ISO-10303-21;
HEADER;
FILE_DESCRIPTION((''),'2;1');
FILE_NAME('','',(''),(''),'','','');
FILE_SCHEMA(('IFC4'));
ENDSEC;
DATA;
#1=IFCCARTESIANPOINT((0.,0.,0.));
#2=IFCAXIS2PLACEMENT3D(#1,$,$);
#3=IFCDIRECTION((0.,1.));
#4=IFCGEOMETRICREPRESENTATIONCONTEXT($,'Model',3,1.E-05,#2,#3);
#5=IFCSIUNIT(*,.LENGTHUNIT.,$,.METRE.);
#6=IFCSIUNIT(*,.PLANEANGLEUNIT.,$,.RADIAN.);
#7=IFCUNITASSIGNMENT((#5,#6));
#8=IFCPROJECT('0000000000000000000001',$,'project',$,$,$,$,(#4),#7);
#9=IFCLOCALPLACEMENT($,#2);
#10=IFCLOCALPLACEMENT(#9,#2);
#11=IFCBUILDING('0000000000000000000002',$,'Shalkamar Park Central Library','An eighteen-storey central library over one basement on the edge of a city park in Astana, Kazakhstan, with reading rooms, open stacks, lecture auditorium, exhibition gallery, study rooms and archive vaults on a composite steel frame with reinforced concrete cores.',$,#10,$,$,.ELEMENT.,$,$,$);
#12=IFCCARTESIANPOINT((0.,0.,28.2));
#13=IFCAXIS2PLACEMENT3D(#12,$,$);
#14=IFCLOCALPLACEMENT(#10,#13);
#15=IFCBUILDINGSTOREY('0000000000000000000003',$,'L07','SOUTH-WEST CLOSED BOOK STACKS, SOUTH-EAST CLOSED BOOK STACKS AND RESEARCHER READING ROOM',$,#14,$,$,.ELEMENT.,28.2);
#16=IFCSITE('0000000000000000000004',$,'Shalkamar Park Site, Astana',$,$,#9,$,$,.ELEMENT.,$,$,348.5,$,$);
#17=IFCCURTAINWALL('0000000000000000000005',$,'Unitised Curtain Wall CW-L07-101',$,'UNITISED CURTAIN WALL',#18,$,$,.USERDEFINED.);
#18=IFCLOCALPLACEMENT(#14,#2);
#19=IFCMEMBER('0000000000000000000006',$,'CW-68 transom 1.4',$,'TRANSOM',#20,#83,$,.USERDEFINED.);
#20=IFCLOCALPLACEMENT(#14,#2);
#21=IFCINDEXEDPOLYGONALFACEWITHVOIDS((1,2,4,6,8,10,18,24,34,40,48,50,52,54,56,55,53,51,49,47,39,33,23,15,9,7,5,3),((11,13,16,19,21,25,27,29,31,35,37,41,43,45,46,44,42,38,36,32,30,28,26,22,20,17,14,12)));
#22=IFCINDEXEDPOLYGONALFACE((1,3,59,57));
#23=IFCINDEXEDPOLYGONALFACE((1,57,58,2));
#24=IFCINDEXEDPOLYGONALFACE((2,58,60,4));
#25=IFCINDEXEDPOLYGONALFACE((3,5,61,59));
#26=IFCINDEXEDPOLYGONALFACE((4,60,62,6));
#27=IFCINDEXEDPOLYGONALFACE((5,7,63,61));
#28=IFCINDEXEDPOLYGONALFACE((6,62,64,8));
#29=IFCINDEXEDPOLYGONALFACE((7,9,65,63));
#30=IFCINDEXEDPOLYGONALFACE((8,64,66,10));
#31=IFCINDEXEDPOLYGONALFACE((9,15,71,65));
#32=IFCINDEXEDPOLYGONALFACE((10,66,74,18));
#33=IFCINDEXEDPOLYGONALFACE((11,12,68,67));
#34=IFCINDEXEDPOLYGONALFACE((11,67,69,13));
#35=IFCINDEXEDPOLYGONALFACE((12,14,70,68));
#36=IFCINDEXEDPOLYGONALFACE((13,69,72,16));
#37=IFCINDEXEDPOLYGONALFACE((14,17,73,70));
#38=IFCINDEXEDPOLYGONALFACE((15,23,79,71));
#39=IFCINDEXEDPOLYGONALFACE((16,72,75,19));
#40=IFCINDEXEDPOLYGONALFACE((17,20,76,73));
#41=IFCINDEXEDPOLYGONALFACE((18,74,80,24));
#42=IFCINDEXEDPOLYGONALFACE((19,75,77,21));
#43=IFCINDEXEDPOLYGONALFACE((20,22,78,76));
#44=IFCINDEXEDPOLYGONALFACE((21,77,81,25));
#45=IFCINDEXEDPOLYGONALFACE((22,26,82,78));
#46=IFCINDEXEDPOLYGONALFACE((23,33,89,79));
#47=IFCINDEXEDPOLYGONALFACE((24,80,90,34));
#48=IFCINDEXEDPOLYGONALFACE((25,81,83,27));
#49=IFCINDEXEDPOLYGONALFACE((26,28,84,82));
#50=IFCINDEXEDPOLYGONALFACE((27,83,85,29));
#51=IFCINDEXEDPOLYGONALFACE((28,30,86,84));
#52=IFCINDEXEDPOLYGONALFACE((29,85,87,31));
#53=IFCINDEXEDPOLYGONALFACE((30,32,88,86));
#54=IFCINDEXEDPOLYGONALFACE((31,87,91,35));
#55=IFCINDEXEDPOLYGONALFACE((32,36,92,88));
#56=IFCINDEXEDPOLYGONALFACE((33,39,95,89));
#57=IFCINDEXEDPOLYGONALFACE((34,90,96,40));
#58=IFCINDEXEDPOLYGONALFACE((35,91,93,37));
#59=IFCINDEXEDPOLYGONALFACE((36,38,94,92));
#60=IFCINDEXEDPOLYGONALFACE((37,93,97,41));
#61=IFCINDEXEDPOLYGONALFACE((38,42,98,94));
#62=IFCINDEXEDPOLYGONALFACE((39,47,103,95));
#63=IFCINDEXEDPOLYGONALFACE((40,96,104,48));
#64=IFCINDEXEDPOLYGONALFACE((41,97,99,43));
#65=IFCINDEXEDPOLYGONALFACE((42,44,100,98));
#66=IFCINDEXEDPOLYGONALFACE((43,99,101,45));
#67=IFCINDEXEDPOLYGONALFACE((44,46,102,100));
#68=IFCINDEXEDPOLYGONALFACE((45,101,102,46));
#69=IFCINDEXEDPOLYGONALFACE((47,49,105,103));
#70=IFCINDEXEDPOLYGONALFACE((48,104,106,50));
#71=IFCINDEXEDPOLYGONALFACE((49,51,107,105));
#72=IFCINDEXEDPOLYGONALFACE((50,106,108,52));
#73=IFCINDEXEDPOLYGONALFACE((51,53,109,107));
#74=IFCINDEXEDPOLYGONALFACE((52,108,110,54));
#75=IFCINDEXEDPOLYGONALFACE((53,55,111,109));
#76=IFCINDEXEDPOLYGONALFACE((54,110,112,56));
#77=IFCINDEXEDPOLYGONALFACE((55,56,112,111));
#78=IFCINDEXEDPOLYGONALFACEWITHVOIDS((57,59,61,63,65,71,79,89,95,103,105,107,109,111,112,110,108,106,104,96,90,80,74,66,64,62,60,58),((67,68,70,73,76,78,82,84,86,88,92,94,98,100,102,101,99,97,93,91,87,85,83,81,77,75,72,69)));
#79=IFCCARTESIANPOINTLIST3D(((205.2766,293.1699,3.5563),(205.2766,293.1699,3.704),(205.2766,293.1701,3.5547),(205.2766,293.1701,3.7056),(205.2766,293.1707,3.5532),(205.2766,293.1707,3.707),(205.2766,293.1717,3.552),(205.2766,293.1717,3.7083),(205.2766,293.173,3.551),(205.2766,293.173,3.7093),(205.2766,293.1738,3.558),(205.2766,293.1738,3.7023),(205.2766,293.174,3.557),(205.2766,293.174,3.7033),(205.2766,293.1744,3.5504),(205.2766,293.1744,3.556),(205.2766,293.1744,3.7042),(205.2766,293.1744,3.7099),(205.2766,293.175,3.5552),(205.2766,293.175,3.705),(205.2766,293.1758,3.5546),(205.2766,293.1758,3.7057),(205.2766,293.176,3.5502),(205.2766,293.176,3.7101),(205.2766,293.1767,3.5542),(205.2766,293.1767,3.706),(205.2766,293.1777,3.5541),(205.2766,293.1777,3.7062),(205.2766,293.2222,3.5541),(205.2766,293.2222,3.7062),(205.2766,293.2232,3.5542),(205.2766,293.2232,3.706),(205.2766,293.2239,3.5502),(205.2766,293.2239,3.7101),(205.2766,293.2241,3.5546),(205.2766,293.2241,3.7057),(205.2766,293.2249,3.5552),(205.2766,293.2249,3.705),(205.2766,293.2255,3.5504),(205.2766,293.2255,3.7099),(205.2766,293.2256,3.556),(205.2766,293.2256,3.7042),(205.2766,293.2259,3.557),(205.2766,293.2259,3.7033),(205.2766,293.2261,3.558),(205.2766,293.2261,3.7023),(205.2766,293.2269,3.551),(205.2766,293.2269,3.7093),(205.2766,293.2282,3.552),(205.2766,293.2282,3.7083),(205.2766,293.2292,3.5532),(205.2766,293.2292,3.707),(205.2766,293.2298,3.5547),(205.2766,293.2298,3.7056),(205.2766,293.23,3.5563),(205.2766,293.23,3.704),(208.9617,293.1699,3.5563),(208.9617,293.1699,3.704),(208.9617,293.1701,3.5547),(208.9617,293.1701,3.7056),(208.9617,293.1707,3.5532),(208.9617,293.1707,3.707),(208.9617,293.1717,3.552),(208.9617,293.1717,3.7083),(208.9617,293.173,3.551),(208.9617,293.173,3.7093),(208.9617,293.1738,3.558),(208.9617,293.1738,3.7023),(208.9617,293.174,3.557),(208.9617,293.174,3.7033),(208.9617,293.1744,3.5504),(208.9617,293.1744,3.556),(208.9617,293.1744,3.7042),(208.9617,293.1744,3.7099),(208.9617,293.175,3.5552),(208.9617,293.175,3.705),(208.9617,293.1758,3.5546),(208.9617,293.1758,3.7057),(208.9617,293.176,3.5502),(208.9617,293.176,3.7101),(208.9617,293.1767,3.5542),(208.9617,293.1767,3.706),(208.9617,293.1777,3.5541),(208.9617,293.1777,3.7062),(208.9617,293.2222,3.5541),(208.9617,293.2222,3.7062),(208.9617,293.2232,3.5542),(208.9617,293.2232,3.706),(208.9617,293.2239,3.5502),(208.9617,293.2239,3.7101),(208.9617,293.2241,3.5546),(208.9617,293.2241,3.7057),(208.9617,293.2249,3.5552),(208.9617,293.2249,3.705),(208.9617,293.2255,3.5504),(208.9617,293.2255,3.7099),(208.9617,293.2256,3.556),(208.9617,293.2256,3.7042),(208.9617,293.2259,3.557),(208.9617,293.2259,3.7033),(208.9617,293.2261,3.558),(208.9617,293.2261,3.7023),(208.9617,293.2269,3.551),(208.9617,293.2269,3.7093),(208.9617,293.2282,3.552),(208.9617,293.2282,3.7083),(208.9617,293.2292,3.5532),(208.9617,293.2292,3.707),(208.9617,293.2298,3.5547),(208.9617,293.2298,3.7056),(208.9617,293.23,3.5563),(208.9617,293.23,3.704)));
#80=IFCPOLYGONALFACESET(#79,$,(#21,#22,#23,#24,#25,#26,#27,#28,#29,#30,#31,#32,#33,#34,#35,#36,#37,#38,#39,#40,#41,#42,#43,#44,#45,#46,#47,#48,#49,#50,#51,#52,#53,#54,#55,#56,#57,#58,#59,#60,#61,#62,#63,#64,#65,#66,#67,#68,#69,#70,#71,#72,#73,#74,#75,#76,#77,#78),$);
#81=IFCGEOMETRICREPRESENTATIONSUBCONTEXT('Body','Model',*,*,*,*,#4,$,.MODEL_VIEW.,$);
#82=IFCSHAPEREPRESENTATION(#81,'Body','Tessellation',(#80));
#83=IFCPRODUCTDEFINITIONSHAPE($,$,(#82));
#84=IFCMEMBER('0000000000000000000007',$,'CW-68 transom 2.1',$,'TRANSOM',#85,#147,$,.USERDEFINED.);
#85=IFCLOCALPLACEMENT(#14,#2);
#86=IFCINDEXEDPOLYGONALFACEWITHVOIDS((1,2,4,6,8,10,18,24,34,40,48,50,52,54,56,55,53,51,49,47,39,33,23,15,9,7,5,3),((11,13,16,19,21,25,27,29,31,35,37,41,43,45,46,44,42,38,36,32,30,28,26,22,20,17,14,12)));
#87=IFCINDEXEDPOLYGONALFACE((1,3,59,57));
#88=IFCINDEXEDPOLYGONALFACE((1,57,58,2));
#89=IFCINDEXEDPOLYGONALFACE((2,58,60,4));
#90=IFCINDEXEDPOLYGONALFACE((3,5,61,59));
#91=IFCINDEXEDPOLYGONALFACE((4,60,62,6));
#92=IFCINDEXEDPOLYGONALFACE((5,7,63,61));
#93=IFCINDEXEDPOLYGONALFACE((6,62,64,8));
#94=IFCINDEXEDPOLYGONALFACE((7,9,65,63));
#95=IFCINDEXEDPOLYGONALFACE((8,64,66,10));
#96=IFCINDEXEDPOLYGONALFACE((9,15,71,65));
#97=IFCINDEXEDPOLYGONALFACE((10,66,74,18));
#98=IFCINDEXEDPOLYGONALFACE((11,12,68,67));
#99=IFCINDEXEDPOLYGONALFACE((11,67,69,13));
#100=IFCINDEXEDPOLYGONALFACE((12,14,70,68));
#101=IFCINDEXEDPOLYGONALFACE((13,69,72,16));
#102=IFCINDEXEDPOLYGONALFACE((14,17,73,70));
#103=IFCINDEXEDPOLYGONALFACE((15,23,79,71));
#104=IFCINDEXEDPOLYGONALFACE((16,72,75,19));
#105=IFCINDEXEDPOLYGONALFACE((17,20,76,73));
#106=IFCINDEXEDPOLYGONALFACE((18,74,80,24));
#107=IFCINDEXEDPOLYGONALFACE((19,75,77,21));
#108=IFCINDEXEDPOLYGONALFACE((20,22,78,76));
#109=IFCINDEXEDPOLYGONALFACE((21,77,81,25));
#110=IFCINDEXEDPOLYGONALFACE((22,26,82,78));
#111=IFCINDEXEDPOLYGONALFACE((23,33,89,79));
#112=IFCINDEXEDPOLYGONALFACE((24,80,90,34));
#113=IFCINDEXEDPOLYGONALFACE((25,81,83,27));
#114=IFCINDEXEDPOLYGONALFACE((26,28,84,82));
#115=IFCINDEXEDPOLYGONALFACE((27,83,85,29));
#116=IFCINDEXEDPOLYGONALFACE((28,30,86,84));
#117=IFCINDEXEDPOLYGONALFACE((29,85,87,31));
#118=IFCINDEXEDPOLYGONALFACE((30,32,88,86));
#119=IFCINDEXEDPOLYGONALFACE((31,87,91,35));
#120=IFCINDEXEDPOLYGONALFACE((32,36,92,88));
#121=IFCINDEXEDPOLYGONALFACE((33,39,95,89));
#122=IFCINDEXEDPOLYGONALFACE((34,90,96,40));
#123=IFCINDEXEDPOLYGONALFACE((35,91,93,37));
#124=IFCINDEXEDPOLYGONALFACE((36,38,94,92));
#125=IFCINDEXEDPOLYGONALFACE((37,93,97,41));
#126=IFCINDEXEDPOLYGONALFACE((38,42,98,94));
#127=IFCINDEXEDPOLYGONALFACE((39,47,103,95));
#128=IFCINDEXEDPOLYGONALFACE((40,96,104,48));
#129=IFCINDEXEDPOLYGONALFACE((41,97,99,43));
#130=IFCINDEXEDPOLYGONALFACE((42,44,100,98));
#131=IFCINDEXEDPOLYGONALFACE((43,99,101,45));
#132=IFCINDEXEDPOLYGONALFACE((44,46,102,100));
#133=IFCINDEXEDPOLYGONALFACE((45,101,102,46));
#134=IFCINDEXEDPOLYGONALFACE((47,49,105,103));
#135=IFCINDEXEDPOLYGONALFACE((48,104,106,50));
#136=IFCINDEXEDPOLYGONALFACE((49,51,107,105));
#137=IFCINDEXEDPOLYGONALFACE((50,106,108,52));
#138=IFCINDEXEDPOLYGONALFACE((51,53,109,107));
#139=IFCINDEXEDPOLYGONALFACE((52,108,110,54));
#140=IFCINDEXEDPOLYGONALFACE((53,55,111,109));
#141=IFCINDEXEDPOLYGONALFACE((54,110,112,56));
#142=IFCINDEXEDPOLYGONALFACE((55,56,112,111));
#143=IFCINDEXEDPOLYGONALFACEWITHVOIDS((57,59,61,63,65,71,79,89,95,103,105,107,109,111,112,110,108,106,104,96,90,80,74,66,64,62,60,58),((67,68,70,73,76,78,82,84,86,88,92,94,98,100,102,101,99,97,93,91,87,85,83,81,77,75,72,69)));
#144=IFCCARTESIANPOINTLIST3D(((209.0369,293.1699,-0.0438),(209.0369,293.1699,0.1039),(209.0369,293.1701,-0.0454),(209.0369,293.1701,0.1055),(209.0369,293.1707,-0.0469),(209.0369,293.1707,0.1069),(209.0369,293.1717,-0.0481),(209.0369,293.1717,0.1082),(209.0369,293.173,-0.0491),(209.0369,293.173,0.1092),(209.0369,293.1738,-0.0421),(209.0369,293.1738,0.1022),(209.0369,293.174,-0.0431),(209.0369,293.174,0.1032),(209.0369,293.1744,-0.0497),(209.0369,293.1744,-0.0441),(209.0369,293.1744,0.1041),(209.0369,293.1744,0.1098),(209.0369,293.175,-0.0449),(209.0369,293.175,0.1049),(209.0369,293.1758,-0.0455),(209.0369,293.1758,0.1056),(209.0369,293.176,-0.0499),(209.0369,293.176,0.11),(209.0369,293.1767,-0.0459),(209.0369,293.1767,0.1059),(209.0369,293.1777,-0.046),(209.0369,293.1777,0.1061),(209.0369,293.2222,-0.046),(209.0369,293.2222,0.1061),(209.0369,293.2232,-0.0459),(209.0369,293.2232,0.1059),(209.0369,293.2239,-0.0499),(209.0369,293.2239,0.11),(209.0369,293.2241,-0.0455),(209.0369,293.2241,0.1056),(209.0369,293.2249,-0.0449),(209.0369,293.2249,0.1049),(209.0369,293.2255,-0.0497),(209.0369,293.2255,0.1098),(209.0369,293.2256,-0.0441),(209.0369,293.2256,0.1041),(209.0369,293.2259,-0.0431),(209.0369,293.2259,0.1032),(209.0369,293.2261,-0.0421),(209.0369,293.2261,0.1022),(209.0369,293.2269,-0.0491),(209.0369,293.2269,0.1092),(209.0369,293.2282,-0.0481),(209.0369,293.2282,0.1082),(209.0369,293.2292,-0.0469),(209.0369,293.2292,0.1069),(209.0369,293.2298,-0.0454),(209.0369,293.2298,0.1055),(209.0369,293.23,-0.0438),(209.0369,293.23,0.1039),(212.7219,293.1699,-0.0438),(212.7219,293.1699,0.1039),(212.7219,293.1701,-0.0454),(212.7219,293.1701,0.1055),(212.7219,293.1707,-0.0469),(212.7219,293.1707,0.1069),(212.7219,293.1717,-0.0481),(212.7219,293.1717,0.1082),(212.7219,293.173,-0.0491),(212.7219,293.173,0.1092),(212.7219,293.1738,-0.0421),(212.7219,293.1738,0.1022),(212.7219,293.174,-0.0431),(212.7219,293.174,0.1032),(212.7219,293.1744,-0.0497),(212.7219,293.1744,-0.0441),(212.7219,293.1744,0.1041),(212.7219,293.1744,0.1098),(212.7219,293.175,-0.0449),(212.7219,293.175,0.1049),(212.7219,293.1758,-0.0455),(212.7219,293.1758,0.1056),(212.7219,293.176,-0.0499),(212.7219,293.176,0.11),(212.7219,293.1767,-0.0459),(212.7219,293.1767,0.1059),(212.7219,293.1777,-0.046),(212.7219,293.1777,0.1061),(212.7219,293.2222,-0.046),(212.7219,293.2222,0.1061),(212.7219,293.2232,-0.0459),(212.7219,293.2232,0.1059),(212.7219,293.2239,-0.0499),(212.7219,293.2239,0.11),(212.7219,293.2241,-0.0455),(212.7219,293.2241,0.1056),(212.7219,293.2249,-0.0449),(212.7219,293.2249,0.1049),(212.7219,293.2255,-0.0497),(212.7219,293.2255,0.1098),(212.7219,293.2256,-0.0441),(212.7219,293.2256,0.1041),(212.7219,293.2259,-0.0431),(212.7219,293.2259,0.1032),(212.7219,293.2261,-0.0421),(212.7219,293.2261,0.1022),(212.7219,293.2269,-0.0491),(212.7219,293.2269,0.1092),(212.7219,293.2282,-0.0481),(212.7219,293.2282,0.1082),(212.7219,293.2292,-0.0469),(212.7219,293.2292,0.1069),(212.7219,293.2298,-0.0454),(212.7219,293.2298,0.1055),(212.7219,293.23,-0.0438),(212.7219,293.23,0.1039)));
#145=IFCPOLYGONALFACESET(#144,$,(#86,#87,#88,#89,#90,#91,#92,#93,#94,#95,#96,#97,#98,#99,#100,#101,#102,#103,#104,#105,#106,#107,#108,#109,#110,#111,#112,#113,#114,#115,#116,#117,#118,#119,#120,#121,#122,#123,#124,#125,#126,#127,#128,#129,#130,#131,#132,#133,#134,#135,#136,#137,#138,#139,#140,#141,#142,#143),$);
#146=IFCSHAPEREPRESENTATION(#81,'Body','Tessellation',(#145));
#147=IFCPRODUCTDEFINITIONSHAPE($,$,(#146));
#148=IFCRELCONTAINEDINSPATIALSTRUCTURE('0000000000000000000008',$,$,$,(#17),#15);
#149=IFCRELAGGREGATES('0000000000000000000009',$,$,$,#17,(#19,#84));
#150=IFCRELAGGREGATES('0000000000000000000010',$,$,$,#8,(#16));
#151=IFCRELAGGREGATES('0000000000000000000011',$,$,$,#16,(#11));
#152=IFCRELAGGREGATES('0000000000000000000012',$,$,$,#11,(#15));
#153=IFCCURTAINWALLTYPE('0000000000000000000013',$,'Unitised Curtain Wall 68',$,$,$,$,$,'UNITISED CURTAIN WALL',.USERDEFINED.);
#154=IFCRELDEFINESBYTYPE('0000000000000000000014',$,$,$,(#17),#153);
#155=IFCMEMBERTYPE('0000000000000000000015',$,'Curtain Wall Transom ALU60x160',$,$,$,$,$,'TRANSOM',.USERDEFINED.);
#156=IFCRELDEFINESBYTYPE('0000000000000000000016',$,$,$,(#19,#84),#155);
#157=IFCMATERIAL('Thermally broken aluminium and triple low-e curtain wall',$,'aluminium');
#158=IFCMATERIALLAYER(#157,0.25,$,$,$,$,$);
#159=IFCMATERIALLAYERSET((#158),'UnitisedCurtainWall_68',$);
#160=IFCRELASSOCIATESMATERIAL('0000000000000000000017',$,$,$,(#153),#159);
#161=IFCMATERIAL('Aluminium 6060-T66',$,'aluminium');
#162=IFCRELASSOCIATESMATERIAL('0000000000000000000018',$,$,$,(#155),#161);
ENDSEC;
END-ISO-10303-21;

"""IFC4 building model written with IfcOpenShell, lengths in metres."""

from ifc_helpers import new_model, si_unit, direction, frame, origin, origin_2d, place, context, subcontext, project, spatial, hollow_rectangle, extrude, material, layer, layer_set, material_profile, profile_set, type_object, element, aggregate, save


model = new_model("IFC4")

# Units and contexts
model_context = context("Model", 3, precision=1e-05, world=origin(), true_north=direction((0.0, 1.0)))
body_context = subcontext(model_context, "Body", "Model", "MODEL_VIEW")
ifc_project = project(units=[si_unit("LENGTHUNIT", "METRE"), si_unit("PLANEANGLEUNIT", "RADIAN")], contexts=[model_context])

# Site, building, storey
site_placement = place(None, origin())
site = spatial("IfcSite", under=ifc_project, at=site_placement, Name="Shalkamar Park Site, Astana", CompositionType="ELEMENT", RefElevation=348.5)
building_placement = place(site_placement, origin())
building = spatial("IfcBuilding", under=site, at=building_placement, Name="Shalkamar Park Central Library", Description="An eighteen-storey central library over one basement on the edge of a city park in Astana, Kazakhstan, with reading rooms, open stacks, lecture auditorium, exhibition gallery, study rooms and archive vaults on a composite steel frame with reinforced concrete cores.", CompositionType="ELEMENT")
storey_placement = place(building_placement, frame((0.0, 0.0, 28.2)))
storey = spatial("IfcBuildingStorey", under=building, at=storey_placement, Name="L07", Description="SOUTH-WEST CLOSED BOOK STACKS, SOUTH-EAST CLOSED BOOK STACKS AND RESEARCHER READING ROOM", CompositionType="ELEMENT", Elevation=28.2)

# Curtain wall
ifc_material_1 = material(Name="Thermally broken aluminium and triple low-e curtain wall", Category="aluminium")
ifc_layer_1 = layer(ifc_material_1, 0.25)
ifc_layer_set_1 = layer_set([ifc_layer_1], Name="UnitisedCurtainWall_68")
curtain_wall_type_1 = type_object("IfcCurtainWallType", Name="Unitised Curtain Wall 68", ElementType="UNITISED CURTAIN WALL", PredefinedType="USERDEFINED", material=ifc_layer_set_1)
curtain_wall_1_placement = place(storey_placement, origin())
curtain_wall_1 = element("IfcCurtainWall", 1, at=curtain_wall_1_placement, inside=storey, type_object=curtain_wall_type_1, Name="Unitised Curtain Wall CW-L07-101", ObjectType="UNITISED CURTAIN WALL", PredefinedType="USERDEFINED")
ifc_material_2 = material(Name="Aluminium 6060-T66", Category="aluminium")

# Members
ifc_material_profile_1 = material_profile(ifc_material_2, hollow_rectangle(XDim=0.0601, YDim=0.1599, WallThickness=0.0039, InnerFilletRadius=0.0039, OuterFilletRadius=0.0061, at=origin_2d()), Name="ALU 60x160x4")
ifc_profile_set_1 = profile_set([ifc_material_profile_1], Name="Aluminium 6060-T66")
member_type_1 = type_object("IfcMemberType", Name="Curtain Wall Transom ALU60x160", ElementType="TRANSOM", PredefinedType="USERDEFINED", material=ifc_profile_set_1)
member_1_placement = place(storey_placement, frame((205.2766, 293.2, 3.6301), z_axis=(1.0, 0.0, 0.0), x_axis=(0.0, 1.0, 0.0)))
member_1 = element("IfcMember", 2, at=member_1_placement, type_object=member_type_1, Name="CW-68 transom 1.4", ObjectType="TRANSOM", PredefinedType="USERDEFINED", context=body_context, shape_type="SweptSolid", body=[
    extrude(hollow_rectangle(XDim=0.0601, YDim=0.1599, WallThickness=0.0039, InnerFilletRadius=0.0039, OuterFilletRadius=0.0061, at=origin_2d()), origin(), (0.0, 0.0, 1.0), 3.6851),
])
member_2_placement = place(storey_placement, frame((209.0369, 293.2, 0.03), z_axis=(1.0, 0.0, 0.0), x_axis=(0.0, 1.0, 0.0)))
member_2 = element("IfcMember", 3, at=member_2_placement, type_object=member_type_1, Name="CW-68 transom 2.1", ObjectType="TRANSOM", PredefinedType="USERDEFINED", context=body_context, shape_type="SweptSolid", body=[
    extrude(hollow_rectangle(XDim=0.0601, YDim=0.1599, WallThickness=0.0039, InnerFilletRadius=0.0039, OuterFilletRadius=0.0061, at=origin_2d()), origin(), (0.0, 0.0, 1.0), 3.6851),
])

aggregate(curtain_wall_1, [member_1, member_2])

save(model, "model.ifc")
